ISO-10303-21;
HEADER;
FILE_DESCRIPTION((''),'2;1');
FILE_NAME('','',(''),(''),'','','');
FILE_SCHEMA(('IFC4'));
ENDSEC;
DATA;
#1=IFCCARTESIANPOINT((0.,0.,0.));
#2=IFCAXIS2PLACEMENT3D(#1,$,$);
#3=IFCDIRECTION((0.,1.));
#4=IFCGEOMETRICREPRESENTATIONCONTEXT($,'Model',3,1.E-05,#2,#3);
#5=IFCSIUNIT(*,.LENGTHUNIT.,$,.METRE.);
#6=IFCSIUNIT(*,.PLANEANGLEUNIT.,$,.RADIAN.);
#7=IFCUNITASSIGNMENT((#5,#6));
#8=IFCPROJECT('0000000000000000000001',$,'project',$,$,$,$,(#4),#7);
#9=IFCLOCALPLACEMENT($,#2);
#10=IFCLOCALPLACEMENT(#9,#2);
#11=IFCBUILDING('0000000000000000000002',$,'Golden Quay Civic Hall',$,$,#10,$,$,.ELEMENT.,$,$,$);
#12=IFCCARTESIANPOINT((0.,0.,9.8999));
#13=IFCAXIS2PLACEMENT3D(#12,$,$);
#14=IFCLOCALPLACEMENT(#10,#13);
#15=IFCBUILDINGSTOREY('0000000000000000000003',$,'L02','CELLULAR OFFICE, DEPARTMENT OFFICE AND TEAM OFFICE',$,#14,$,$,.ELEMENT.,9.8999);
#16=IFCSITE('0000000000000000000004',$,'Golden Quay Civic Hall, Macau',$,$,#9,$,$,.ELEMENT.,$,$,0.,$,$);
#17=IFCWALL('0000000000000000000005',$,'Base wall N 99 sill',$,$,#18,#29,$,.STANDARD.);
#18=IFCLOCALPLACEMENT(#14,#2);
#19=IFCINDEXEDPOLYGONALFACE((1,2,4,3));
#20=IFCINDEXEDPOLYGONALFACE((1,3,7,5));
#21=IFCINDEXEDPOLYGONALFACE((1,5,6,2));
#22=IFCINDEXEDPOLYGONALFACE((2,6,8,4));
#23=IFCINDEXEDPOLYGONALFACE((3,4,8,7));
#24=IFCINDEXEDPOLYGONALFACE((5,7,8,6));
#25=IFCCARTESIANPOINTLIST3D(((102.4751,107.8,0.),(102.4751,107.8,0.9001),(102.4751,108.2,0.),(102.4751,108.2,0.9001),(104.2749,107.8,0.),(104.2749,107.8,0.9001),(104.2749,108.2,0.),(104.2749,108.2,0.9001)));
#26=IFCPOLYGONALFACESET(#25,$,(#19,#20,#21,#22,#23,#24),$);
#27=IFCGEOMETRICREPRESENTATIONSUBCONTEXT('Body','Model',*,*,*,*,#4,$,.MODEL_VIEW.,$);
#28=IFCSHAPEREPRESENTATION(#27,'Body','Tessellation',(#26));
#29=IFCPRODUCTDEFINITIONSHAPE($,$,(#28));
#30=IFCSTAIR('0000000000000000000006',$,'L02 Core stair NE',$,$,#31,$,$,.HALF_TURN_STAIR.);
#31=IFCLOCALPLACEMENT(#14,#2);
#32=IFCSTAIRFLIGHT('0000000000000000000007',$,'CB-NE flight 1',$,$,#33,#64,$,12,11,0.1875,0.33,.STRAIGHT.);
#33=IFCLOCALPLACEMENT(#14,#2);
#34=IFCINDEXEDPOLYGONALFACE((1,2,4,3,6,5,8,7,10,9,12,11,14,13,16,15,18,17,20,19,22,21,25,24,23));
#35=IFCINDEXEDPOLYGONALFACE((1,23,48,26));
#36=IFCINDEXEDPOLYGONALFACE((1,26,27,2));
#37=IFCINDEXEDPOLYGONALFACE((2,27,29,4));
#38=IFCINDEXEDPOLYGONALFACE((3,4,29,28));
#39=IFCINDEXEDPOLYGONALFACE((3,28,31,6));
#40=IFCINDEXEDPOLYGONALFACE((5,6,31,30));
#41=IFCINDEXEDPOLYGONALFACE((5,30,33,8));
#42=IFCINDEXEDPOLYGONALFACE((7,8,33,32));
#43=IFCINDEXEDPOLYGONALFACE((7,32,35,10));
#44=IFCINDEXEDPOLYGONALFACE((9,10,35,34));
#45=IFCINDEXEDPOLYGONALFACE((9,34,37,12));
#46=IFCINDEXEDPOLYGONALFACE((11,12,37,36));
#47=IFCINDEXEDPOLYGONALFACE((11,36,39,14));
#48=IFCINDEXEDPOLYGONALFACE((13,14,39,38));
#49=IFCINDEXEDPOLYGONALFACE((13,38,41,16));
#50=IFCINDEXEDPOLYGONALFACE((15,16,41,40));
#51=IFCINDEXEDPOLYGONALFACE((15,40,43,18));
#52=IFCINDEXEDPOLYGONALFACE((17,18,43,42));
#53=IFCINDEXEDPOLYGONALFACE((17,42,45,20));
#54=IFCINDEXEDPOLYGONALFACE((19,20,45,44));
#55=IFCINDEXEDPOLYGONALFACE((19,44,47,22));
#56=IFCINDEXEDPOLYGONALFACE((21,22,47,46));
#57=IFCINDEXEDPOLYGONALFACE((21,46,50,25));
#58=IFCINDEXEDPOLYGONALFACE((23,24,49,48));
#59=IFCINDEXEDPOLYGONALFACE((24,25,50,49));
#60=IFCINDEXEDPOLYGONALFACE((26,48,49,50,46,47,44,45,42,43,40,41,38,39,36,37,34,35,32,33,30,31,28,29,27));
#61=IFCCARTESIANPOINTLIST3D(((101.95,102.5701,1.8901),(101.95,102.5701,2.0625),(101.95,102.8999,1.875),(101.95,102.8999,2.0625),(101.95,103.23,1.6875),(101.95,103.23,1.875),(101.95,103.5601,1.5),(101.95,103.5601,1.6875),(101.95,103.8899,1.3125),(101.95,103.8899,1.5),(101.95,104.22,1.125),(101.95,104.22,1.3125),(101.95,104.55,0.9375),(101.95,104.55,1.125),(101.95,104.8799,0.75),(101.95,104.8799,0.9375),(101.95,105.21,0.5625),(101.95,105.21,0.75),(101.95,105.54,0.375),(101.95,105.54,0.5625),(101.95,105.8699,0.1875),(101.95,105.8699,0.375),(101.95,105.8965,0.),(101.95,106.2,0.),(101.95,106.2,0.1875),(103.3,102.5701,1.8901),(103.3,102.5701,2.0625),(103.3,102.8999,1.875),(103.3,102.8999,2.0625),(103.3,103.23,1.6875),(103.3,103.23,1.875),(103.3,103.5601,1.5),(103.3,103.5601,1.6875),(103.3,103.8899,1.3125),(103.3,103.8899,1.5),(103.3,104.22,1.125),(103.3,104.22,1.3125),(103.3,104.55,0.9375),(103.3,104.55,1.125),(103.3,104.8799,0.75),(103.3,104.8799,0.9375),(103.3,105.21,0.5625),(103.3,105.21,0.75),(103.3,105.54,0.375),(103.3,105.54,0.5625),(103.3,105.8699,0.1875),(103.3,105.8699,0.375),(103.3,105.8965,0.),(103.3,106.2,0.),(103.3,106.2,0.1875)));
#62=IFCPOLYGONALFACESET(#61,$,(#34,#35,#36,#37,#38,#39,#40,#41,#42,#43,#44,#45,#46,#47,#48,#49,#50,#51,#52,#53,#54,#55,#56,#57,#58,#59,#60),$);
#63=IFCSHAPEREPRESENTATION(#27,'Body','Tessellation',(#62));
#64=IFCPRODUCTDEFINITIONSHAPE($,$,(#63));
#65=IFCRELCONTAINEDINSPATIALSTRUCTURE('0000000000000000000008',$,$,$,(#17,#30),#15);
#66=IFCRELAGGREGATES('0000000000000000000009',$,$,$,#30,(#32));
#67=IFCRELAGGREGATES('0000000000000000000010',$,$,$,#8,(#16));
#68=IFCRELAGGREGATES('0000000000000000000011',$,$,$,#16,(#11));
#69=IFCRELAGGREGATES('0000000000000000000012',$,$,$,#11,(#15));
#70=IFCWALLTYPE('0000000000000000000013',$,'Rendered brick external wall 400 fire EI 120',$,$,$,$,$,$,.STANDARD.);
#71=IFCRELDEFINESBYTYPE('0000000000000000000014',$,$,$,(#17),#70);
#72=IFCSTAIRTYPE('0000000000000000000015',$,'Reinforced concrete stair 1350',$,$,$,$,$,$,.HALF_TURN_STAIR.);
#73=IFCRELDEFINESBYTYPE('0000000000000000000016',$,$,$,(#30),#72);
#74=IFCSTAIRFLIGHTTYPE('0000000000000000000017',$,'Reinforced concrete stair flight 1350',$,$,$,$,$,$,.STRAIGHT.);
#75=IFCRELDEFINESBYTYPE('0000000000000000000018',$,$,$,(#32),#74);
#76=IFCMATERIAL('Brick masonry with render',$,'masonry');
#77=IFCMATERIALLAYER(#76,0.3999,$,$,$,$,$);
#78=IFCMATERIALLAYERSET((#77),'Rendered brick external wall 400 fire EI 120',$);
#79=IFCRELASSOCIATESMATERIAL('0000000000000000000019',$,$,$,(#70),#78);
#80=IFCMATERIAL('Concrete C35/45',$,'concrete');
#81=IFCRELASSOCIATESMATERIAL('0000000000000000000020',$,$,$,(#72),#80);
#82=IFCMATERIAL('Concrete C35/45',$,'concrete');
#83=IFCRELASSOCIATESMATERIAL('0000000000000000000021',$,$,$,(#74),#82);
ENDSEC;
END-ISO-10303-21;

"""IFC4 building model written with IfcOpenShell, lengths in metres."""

from ifc_helpers import new_model, si_unit, direction, frame, frame_2d, origin, place, context, subcontext, project, spatial, polyline, rectangle, outline, extrude, material, layer, layer_set, type_object, element, aggregate, save


model = new_model("IFC4")

# Units and contexts
model_context = context("Model", 3, precision=1e-05, world=origin(), true_north=direction((0.0, 1.0)))
body_context = subcontext(model_context, "Body", "Model", "MODEL_VIEW")
ifc_project = project(units=[si_unit("LENGTHUNIT", "METRE"), si_unit("PLANEANGLEUNIT", "RADIAN")], contexts=[model_context])

# Site, building, storey
site_placement = place(None, origin())
site = spatial("IfcSite", under=ifc_project, at=site_placement, Name="Golden Quay Civic Hall, Macau", CompositionType="ELEMENT", RefElevation=0.0)
building_placement = place(site_placement, origin())
building = spatial("IfcBuilding", under=site, at=building_placement, Name="Golden Quay Civic Hall", CompositionType="ELEMENT")
storey_placement = place(building_placement, frame((0.0, 0.0, 9.8999)))
storey = spatial("IfcBuildingStorey", under=building, at=storey_placement, Name="L02", Description="CELLULAR OFFICE, DEPARTMENT OFFICE AND TEAM OFFICE", CompositionType="ELEMENT", Elevation=9.8999)

# Wall
ifc_material_1 = material(Name="Brick masonry with render", Category="masonry")
ifc_layer_1 = layer(ifc_material_1, 0.3999)
ifc_layer_set_1 = layer_set([ifc_layer_1], Name="Rendered brick external wall 400 fire EI 120")
wall_type_1 = type_object("IfcWallType", Name="Rendered brick external wall 400 fire EI 120", PredefinedType="STANDARD", material=ifc_layer_set_1)
wall_1_placement = place(storey_placement, frame((102.4751, 108.0, 0.0), z_axis=(0.0, 0.0, 1.0), x_axis=(1.0, 0.0, 0.0)))
element("IfcWall", 1, at=wall_1_placement, inside=storey, type_object=wall_type_1, Name="Base wall N 99 sill", PredefinedType="STANDARD", context=body_context, shape_type="SweptSolid", body=[
    extrude(rectangle(XDim=1.7998, YDim=0.3999, at=frame_2d((0.8999, 0.0))), origin(), (0.0, 0.0, 1.0), 0.9001),
])

# Stair, stair flight
ifc_material_2 = material(Name="Concrete C35/45", Category="concrete")
stair_type = type_object("IfcStairType", Name="Reinforced concrete stair 1350", PredefinedType="HALF_TURN_STAIR", material=ifc_material_2)
stair_placement = place(storey_placement, origin())
stair = element("IfcStair", 2, at=stair_placement, inside=storey, type_object=stair_type, Name="L02 Core stair NE", PredefinedType="HALF_TURN_STAIR")
ifc_material_3 = material(Name="Concrete C35/45", Category="concrete")
stair_flight_type = type_object("IfcStairFlightType", Name="Reinforced concrete stair flight 1350", PredefinedType="STRAIGHT", material=ifc_material_3)
stair_flight_placement = place(storey_placement, frame((102.625, 106.2, 0.0), z_axis=(0.0, 0.0, 1.0), x_axis=(0.0, -1.0, 0.0)))
stair_flight = element("IfcStairFlight", 3, at=stair_flight_placement, type_object=stair_flight_type, Name="CB-NE flight 1", NumberOfRisers=12, NumberOfTreads=11, PredefinedType="STRAIGHT", RiserHeight=0.1875, TreadLength=0.33, context=body_context, shape_type="SweptSolid", body=[
    extrude(outline(polyline([(0.0, 0.0), (0.0, 0.1875), (0.3301, 0.1875), (0.3301, 0.375), (0.6599, 0.375), (0.6599, 0.5625), (0.99, 0.5625), (0.99, 0.75), (1.3201, 0.75), (1.3201, 0.9375), (1.6499, 0.9375), (1.6499, 1.125), (1.98, 1.125), (1.98, 1.3125), (2.3101, 1.3125), (2.3101, 1.5), (2.6399, 1.5), (2.6399, 1.6875), (2.97, 1.6875), (2.97, 1.875), (3.3, 1.875), (3.3, 2.0625), (3.6299, 2.0625), (3.6299, 2.25), (3.6299, 1.8901), (0.3035, 0.0), (0.0, 0.0)])), frame((0.0, 0.675, 0.0), z_axis=(0.0, -1.0, 0.0), x_axis=(1.0, 0.0, 0.0)), (0.0, 0.0, 1.0), 1.35),
])
aggregate(stair, [stair_flight])

save(model, "model.ifc")
